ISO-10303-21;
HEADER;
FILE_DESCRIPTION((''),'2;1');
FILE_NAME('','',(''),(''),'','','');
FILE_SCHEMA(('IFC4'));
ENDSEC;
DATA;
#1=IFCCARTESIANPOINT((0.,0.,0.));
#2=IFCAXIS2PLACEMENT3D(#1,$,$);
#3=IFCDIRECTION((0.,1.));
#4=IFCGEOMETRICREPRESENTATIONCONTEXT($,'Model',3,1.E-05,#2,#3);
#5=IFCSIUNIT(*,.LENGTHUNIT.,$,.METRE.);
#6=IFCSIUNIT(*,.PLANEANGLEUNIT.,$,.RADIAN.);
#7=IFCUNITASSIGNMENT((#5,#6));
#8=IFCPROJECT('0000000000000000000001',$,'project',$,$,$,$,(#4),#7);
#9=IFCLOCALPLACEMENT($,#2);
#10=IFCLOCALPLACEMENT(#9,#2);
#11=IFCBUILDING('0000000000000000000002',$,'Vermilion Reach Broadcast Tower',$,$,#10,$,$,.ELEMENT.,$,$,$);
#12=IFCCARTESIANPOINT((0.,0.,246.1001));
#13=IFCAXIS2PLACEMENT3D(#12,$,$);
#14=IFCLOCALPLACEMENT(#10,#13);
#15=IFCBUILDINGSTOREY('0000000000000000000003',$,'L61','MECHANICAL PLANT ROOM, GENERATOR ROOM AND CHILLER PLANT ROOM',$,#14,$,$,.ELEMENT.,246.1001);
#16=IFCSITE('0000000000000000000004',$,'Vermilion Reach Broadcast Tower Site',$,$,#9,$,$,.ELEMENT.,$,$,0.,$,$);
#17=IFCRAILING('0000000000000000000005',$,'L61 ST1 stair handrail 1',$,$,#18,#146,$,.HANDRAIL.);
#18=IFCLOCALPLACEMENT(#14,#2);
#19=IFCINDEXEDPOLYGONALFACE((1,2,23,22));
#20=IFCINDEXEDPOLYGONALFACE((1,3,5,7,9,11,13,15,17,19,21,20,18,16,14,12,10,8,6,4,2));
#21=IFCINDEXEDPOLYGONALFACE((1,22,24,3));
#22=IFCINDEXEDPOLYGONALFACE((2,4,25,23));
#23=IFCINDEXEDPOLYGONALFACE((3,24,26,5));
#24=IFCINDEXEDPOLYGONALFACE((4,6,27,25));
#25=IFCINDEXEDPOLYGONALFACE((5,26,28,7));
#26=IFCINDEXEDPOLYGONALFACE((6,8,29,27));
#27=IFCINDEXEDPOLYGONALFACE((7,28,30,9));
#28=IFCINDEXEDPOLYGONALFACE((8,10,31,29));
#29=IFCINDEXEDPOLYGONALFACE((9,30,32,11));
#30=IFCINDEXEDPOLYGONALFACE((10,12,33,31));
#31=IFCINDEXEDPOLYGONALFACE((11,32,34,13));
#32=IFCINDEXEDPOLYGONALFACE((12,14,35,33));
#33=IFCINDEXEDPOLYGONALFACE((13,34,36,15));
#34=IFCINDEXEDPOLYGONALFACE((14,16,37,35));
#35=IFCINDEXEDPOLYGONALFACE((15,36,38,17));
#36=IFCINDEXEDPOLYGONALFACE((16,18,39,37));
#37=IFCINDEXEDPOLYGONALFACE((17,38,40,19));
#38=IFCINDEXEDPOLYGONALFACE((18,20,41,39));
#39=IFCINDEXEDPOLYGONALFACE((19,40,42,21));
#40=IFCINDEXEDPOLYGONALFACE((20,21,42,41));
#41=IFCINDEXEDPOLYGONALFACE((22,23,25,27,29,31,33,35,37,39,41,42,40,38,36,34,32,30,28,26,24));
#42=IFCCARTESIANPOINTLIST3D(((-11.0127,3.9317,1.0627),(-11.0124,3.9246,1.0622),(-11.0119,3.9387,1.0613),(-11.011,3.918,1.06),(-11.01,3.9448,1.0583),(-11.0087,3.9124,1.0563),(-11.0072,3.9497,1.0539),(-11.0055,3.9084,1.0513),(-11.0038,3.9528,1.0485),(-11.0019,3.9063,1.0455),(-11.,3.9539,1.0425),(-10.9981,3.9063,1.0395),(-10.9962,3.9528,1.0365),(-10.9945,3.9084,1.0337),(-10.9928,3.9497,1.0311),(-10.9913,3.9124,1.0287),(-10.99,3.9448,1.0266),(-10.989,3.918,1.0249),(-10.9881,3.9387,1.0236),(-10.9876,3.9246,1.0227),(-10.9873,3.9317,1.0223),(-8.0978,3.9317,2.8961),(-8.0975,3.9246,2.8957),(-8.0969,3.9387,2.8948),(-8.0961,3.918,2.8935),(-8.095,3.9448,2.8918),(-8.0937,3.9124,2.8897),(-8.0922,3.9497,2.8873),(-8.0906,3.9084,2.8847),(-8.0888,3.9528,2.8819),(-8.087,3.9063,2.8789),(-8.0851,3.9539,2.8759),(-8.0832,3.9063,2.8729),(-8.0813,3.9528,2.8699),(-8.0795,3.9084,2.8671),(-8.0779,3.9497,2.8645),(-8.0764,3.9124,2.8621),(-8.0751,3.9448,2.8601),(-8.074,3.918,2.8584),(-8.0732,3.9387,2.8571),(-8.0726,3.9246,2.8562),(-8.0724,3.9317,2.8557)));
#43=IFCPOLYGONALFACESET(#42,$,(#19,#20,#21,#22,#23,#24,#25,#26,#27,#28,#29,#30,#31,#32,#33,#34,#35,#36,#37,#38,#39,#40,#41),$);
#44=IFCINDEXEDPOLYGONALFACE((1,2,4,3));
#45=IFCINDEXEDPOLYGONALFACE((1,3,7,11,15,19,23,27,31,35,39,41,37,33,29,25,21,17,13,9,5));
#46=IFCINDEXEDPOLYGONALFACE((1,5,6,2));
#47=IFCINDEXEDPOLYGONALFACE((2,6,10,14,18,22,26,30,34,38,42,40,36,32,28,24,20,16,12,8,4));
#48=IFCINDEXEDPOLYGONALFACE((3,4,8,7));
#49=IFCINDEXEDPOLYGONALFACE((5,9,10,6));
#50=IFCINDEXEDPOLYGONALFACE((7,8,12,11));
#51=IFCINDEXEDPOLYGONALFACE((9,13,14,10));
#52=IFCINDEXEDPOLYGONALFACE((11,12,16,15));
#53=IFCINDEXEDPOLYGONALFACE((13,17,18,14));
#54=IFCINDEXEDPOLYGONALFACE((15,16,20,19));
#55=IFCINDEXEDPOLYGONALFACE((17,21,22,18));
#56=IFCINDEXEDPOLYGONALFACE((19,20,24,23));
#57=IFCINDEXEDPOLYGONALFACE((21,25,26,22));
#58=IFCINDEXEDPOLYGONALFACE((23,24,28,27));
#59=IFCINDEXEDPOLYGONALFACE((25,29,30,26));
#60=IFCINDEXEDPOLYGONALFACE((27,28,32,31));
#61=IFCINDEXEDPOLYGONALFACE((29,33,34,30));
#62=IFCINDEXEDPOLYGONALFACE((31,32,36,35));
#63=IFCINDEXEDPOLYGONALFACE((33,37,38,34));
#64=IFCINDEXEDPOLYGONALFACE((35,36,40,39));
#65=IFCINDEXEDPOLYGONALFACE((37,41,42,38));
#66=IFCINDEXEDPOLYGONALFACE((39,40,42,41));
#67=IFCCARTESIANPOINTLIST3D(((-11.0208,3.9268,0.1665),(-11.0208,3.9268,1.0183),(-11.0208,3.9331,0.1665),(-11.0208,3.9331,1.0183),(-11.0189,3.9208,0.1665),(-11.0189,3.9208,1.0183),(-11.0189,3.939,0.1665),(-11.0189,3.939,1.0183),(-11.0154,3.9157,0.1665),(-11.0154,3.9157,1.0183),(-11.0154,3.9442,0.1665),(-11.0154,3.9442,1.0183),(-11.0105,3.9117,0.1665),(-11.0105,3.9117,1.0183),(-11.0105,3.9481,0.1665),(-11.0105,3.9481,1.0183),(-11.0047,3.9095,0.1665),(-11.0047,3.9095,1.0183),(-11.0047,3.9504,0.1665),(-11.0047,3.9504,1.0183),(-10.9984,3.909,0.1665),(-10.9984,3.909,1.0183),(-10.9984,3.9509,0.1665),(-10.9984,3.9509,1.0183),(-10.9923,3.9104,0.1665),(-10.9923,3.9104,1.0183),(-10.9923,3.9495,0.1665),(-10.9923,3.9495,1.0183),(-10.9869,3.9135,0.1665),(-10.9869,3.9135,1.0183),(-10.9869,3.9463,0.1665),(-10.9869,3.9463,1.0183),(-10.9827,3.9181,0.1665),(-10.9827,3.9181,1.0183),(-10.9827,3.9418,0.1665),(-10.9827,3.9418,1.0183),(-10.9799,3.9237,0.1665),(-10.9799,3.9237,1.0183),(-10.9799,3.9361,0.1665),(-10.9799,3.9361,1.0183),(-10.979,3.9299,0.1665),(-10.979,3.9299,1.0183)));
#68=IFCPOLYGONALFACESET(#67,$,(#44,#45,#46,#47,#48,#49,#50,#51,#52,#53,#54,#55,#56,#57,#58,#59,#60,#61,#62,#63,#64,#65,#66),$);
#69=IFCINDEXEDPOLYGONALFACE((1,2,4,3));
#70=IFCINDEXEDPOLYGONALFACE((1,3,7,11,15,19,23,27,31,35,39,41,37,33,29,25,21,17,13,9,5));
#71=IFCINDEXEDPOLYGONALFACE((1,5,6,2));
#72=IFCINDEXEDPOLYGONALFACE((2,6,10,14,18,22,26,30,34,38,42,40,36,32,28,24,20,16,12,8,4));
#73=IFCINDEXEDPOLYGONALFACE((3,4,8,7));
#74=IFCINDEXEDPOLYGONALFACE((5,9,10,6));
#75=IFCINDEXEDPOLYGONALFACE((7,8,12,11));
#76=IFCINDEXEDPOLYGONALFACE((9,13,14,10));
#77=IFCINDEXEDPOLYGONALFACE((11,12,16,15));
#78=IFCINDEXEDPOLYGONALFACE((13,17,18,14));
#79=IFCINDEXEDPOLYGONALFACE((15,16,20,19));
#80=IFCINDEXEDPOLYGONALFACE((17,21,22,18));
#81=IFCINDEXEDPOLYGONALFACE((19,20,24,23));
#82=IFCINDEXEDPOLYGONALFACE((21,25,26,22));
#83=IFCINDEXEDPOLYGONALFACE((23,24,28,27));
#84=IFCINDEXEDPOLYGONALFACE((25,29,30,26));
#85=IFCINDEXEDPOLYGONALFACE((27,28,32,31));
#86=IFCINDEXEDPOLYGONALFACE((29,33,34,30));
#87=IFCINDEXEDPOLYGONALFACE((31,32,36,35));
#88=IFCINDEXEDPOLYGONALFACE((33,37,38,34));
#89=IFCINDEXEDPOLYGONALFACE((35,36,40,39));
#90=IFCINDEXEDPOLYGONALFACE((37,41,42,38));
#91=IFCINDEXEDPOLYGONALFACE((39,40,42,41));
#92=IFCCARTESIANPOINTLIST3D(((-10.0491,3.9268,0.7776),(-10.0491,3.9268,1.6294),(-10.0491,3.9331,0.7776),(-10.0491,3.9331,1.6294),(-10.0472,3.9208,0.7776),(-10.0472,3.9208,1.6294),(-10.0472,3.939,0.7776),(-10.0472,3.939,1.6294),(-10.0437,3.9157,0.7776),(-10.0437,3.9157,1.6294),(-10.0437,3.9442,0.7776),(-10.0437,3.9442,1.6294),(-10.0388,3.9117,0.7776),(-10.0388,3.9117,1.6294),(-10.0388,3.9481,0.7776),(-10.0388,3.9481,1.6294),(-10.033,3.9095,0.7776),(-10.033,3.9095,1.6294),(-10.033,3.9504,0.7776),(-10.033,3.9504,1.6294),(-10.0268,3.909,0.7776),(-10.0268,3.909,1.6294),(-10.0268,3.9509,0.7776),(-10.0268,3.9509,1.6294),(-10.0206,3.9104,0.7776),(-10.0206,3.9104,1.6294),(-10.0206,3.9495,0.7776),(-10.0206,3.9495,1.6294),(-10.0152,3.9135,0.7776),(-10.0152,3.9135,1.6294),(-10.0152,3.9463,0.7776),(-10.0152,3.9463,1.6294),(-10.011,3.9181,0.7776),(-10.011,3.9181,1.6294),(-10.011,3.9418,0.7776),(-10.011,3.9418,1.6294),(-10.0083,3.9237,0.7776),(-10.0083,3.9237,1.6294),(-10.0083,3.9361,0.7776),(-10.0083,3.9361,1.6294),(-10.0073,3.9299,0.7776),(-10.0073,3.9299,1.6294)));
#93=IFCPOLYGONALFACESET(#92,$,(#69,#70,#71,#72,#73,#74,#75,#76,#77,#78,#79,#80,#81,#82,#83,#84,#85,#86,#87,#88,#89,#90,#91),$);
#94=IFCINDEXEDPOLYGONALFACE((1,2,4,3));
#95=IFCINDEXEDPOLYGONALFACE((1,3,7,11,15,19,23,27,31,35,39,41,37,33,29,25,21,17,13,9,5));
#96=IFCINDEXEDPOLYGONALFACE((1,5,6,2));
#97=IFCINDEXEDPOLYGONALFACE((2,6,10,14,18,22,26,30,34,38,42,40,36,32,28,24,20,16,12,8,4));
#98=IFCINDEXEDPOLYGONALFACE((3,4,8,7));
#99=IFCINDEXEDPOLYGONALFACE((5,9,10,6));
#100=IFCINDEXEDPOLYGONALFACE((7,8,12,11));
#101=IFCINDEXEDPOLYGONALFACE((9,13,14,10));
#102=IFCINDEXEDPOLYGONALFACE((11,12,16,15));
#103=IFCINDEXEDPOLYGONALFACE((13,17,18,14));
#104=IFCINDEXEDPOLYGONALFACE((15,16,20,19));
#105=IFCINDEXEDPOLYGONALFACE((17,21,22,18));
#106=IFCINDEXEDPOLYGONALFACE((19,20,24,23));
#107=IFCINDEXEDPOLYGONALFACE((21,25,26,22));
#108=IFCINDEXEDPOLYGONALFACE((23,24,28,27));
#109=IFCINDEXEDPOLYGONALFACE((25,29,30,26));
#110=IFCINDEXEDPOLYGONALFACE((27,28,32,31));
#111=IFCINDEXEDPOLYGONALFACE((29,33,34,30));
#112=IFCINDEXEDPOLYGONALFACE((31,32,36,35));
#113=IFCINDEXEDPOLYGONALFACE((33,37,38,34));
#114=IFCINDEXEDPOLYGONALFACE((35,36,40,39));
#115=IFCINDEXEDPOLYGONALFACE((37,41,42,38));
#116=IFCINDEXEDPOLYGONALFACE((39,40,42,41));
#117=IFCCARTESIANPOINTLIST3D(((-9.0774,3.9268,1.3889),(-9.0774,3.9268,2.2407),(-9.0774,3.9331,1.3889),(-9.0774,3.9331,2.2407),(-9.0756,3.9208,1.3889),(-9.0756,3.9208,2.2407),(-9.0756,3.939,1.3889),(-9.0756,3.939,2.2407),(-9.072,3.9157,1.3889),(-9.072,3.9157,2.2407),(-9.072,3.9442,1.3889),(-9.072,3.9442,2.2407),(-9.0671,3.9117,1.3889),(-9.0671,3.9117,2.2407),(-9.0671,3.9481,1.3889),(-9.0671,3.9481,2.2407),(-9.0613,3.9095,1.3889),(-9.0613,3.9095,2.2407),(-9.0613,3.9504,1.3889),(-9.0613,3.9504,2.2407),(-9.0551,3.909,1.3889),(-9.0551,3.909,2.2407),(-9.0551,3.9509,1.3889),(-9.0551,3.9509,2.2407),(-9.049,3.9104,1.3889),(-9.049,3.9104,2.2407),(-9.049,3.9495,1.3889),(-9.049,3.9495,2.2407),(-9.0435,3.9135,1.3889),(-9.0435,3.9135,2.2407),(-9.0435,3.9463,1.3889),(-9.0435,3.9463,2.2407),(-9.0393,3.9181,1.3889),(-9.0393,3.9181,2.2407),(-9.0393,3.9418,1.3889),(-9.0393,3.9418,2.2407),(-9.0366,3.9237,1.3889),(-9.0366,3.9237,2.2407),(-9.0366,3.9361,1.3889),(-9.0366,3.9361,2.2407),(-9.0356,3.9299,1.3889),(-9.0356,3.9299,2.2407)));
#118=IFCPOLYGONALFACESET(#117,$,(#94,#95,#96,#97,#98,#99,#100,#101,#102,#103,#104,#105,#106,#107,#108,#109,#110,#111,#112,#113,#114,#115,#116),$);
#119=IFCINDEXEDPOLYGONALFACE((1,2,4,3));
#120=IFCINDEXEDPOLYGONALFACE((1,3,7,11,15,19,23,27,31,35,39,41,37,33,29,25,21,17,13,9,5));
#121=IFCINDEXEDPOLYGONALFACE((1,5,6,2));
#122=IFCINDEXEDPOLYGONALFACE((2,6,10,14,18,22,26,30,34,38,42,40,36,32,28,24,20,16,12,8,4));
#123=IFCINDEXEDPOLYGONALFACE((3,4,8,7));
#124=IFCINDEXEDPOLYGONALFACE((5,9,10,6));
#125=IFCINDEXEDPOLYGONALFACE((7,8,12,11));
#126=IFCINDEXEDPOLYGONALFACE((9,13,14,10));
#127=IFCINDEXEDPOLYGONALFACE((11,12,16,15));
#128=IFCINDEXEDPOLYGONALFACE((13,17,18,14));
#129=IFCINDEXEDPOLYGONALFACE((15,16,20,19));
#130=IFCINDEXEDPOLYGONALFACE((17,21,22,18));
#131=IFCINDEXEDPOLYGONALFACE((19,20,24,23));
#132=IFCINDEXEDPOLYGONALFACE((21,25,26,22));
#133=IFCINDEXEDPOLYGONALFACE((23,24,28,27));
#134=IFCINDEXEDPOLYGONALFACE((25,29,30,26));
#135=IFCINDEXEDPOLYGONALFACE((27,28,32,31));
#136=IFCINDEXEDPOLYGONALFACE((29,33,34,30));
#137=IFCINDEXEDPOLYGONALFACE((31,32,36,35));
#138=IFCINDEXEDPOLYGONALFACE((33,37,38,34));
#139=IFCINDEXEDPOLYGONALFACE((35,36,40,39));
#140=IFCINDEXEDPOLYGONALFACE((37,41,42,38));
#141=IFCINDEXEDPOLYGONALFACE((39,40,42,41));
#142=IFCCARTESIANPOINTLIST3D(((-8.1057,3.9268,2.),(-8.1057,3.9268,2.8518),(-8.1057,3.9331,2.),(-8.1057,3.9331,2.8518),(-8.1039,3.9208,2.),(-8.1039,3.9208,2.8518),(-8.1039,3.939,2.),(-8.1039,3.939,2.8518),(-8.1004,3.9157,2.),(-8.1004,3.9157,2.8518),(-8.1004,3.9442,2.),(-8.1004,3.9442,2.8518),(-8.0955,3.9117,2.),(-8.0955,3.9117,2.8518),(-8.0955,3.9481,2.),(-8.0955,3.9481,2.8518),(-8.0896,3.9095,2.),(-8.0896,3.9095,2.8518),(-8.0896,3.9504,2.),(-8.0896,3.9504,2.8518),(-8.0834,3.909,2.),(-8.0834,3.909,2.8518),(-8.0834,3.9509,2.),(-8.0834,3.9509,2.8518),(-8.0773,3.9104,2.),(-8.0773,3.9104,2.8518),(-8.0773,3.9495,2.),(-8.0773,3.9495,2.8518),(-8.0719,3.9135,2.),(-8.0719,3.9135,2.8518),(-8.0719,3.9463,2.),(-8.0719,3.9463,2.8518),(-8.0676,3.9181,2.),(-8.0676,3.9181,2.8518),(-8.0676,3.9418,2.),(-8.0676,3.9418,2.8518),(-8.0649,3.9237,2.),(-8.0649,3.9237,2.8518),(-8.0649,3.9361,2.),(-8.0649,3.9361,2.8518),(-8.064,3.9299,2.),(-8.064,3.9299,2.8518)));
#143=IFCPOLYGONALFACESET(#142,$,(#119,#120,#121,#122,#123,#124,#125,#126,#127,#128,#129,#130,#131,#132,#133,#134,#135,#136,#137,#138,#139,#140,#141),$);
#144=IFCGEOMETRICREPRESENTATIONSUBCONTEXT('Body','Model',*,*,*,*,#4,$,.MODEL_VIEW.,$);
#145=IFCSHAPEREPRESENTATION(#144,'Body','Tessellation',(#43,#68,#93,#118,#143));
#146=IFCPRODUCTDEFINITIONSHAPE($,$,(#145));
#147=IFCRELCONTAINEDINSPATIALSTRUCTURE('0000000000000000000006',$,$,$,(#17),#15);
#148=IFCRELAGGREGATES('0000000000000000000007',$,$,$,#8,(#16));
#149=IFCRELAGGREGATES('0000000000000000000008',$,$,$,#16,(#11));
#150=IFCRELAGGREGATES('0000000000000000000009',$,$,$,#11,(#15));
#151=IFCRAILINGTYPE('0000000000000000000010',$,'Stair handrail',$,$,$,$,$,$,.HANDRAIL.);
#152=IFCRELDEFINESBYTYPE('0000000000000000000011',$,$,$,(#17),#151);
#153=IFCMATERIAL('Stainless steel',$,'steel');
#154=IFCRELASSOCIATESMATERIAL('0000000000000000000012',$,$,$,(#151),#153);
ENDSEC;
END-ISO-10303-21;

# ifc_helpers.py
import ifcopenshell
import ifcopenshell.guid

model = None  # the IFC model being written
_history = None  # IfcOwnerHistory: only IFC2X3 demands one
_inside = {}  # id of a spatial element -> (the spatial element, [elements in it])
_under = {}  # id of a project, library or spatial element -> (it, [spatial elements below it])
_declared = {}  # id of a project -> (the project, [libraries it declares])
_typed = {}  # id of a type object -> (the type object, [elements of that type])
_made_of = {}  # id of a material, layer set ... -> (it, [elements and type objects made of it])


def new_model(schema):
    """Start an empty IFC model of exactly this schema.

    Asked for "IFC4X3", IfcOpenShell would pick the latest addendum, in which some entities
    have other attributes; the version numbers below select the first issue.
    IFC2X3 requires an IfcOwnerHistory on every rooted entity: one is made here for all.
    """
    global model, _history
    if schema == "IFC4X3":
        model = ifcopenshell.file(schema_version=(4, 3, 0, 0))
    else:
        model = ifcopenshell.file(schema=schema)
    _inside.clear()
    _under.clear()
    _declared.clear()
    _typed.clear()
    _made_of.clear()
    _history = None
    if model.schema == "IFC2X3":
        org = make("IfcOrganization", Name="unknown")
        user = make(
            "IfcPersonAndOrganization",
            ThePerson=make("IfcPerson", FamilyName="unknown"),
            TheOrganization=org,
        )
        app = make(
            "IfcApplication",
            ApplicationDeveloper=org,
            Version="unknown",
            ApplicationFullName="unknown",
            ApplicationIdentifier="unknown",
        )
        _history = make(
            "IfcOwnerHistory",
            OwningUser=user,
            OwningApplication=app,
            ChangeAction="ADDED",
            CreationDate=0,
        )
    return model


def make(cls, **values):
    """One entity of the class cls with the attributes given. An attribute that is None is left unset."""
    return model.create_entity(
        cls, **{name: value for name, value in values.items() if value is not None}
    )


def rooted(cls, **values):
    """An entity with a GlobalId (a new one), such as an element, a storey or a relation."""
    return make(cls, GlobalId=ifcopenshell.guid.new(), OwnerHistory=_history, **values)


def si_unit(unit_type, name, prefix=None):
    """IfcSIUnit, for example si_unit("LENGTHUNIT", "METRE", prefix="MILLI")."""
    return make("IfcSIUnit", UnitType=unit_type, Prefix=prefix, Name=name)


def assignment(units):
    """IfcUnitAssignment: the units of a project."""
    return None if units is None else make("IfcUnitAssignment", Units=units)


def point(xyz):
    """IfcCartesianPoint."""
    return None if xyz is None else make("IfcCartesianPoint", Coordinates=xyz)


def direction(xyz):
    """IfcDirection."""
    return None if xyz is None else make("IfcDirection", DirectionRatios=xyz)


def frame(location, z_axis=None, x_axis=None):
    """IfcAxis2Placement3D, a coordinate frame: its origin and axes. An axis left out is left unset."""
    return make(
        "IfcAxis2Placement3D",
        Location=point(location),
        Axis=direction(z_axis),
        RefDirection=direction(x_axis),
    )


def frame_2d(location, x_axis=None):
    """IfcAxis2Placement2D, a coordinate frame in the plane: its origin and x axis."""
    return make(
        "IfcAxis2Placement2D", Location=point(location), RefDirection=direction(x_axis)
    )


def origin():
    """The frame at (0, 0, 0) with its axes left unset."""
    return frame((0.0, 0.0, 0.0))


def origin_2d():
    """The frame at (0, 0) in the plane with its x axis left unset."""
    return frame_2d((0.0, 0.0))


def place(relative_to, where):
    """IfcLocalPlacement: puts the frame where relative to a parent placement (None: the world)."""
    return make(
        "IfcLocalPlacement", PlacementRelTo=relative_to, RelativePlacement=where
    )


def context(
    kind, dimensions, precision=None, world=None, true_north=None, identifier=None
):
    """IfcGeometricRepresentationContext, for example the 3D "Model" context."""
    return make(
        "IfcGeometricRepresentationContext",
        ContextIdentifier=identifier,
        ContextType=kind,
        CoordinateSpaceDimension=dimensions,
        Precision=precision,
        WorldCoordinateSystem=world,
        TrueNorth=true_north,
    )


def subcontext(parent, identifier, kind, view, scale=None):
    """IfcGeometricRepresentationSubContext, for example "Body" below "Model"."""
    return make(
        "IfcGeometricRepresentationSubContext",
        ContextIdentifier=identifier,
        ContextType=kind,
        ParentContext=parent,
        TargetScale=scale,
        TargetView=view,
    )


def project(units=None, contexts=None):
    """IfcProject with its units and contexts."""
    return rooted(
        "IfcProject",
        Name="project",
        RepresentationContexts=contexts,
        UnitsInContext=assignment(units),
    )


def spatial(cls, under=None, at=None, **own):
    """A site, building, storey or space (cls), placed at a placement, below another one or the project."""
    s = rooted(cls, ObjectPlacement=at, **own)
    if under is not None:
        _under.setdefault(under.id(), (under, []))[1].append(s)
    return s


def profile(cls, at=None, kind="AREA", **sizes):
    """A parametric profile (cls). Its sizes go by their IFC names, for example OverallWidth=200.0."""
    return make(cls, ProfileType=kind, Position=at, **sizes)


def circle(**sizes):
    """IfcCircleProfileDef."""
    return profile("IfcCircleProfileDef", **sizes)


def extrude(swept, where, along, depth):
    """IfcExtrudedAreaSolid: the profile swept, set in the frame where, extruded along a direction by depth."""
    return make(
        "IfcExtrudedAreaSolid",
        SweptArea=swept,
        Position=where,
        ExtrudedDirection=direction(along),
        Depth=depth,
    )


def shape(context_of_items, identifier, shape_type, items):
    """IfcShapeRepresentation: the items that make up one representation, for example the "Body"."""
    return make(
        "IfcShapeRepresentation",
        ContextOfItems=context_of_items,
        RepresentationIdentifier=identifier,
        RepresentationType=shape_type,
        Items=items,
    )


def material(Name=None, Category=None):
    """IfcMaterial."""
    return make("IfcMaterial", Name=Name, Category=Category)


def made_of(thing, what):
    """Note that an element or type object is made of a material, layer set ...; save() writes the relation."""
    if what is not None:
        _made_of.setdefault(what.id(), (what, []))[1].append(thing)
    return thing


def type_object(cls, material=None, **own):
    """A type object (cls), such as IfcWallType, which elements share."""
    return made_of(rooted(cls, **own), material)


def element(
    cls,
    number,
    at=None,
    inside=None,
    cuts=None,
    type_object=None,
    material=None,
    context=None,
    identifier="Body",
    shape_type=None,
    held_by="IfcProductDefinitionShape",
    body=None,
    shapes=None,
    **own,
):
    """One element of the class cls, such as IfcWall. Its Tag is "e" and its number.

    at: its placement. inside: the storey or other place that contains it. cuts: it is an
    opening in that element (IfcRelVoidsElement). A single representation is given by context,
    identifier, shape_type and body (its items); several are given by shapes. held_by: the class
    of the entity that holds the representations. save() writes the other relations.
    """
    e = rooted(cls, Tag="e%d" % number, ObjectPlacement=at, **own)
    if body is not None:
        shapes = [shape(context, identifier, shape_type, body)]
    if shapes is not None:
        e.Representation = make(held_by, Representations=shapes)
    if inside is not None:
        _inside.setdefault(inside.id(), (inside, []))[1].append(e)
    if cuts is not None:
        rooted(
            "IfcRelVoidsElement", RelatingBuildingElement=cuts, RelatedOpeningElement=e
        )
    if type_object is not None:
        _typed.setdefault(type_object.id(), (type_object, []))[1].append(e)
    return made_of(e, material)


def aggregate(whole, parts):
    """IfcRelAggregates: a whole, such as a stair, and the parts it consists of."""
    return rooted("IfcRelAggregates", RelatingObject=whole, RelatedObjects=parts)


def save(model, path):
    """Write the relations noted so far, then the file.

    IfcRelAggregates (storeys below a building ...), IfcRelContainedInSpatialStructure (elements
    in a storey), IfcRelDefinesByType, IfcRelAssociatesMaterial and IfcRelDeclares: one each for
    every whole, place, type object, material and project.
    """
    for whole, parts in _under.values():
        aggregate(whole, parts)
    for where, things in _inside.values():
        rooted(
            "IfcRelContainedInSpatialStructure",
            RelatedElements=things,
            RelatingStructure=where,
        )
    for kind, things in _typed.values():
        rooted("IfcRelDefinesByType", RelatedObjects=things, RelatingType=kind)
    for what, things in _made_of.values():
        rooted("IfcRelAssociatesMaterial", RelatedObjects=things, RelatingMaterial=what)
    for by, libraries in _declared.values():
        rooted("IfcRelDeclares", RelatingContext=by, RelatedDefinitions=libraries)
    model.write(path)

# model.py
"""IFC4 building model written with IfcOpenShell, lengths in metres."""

from ifc_helpers import new_model, si_unit, direction, frame, origin, origin_2d, place, context, subcontext, project, spatial, circle, extrude, material, type_object, element, save


model = new_model("IFC4")

# Units and contexts
model_context = context("Model", 3, precision=1e-05, world=origin(), true_north=direction((0.0, 1.0)))
body_context = subcontext(model_context, "Body", "Model", "MODEL_VIEW")
ifc_project = project(units=[si_unit("LENGTHUNIT", "METRE"), si_unit("PLANEANGLEUNIT", "RADIAN")], contexts=[model_context])

# Site, building, storey
site_placement = place(None, origin())
site = spatial("IfcSite", under=ifc_project, at=site_placement, Name="Vermilion Reach Broadcast Tower Site", CompositionType="ELEMENT", RefElevation=0.0)
building_placement = place(site_placement, origin())
building = spatial("IfcBuilding", under=site, at=building_placement, Name="Vermilion Reach Broadcast Tower", CompositionType="ELEMENT")
storey_placement = place(building_placement, frame((0.0, 0.0, 246.1001)))
storey = spatial("IfcBuildingStorey", under=building, at=storey_placement, Name="L61", Description="MECHANICAL PLANT ROOM, GENERATOR ROOM AND CHILLER PLANT ROOM", CompositionType="ELEMENT", Elevation=246.1001)

# Railing
ifc_material_1 = material(Name="Stainless steel", Category="steel")
railing_type_1 = type_object("IfcRailingType", Name="Stair handrail", PredefinedType="HANDRAIL", material=ifc_material_1)
railing_1_placement = place(storey_placement, frame((-11.0, 3.9299, 0.1665)))
element("IfcRailing", 1, at=railing_1_placement, inside=storey, type_object=railing_type_1, Name="L61 ST1 stair handrail 1", PredefinedType="HANDRAIL", context=body_context, shape_type="SweptSolid", body=[
    extrude(circle(Radius=0.0239, at=origin_2d()), frame((0.0, 0.0, 0.876), z_axis=(0.846481, 0.0, 0.532418), x_axis=(0.0, 1.0, 0.0)), (0.0, 0.0, 1.0), 3.4436),
    extrude(circle(Radius=0.021, at=origin_2d()), origin(), (0.0, 0.0, 1.0), 0.8518),
    extrude(circle(Radius=0.021, at=origin_2d()), frame((0.9717, 0.0, 0.6111)), (0.0, 0.0, 1.0), 0.8518),
    extrude(circle(Radius=0.021, at=origin_2d()), frame((1.9434, 0.0, 1.2224)), (0.0, 0.0, 1.0), 0.8518),
    extrude(circle(Radius=0.021, at=origin_2d()), frame((2.915, 0.0, 1.8335)), (0.0, 0.0, 1.0), 0.8518),
])

save(model, "model.ifc")
